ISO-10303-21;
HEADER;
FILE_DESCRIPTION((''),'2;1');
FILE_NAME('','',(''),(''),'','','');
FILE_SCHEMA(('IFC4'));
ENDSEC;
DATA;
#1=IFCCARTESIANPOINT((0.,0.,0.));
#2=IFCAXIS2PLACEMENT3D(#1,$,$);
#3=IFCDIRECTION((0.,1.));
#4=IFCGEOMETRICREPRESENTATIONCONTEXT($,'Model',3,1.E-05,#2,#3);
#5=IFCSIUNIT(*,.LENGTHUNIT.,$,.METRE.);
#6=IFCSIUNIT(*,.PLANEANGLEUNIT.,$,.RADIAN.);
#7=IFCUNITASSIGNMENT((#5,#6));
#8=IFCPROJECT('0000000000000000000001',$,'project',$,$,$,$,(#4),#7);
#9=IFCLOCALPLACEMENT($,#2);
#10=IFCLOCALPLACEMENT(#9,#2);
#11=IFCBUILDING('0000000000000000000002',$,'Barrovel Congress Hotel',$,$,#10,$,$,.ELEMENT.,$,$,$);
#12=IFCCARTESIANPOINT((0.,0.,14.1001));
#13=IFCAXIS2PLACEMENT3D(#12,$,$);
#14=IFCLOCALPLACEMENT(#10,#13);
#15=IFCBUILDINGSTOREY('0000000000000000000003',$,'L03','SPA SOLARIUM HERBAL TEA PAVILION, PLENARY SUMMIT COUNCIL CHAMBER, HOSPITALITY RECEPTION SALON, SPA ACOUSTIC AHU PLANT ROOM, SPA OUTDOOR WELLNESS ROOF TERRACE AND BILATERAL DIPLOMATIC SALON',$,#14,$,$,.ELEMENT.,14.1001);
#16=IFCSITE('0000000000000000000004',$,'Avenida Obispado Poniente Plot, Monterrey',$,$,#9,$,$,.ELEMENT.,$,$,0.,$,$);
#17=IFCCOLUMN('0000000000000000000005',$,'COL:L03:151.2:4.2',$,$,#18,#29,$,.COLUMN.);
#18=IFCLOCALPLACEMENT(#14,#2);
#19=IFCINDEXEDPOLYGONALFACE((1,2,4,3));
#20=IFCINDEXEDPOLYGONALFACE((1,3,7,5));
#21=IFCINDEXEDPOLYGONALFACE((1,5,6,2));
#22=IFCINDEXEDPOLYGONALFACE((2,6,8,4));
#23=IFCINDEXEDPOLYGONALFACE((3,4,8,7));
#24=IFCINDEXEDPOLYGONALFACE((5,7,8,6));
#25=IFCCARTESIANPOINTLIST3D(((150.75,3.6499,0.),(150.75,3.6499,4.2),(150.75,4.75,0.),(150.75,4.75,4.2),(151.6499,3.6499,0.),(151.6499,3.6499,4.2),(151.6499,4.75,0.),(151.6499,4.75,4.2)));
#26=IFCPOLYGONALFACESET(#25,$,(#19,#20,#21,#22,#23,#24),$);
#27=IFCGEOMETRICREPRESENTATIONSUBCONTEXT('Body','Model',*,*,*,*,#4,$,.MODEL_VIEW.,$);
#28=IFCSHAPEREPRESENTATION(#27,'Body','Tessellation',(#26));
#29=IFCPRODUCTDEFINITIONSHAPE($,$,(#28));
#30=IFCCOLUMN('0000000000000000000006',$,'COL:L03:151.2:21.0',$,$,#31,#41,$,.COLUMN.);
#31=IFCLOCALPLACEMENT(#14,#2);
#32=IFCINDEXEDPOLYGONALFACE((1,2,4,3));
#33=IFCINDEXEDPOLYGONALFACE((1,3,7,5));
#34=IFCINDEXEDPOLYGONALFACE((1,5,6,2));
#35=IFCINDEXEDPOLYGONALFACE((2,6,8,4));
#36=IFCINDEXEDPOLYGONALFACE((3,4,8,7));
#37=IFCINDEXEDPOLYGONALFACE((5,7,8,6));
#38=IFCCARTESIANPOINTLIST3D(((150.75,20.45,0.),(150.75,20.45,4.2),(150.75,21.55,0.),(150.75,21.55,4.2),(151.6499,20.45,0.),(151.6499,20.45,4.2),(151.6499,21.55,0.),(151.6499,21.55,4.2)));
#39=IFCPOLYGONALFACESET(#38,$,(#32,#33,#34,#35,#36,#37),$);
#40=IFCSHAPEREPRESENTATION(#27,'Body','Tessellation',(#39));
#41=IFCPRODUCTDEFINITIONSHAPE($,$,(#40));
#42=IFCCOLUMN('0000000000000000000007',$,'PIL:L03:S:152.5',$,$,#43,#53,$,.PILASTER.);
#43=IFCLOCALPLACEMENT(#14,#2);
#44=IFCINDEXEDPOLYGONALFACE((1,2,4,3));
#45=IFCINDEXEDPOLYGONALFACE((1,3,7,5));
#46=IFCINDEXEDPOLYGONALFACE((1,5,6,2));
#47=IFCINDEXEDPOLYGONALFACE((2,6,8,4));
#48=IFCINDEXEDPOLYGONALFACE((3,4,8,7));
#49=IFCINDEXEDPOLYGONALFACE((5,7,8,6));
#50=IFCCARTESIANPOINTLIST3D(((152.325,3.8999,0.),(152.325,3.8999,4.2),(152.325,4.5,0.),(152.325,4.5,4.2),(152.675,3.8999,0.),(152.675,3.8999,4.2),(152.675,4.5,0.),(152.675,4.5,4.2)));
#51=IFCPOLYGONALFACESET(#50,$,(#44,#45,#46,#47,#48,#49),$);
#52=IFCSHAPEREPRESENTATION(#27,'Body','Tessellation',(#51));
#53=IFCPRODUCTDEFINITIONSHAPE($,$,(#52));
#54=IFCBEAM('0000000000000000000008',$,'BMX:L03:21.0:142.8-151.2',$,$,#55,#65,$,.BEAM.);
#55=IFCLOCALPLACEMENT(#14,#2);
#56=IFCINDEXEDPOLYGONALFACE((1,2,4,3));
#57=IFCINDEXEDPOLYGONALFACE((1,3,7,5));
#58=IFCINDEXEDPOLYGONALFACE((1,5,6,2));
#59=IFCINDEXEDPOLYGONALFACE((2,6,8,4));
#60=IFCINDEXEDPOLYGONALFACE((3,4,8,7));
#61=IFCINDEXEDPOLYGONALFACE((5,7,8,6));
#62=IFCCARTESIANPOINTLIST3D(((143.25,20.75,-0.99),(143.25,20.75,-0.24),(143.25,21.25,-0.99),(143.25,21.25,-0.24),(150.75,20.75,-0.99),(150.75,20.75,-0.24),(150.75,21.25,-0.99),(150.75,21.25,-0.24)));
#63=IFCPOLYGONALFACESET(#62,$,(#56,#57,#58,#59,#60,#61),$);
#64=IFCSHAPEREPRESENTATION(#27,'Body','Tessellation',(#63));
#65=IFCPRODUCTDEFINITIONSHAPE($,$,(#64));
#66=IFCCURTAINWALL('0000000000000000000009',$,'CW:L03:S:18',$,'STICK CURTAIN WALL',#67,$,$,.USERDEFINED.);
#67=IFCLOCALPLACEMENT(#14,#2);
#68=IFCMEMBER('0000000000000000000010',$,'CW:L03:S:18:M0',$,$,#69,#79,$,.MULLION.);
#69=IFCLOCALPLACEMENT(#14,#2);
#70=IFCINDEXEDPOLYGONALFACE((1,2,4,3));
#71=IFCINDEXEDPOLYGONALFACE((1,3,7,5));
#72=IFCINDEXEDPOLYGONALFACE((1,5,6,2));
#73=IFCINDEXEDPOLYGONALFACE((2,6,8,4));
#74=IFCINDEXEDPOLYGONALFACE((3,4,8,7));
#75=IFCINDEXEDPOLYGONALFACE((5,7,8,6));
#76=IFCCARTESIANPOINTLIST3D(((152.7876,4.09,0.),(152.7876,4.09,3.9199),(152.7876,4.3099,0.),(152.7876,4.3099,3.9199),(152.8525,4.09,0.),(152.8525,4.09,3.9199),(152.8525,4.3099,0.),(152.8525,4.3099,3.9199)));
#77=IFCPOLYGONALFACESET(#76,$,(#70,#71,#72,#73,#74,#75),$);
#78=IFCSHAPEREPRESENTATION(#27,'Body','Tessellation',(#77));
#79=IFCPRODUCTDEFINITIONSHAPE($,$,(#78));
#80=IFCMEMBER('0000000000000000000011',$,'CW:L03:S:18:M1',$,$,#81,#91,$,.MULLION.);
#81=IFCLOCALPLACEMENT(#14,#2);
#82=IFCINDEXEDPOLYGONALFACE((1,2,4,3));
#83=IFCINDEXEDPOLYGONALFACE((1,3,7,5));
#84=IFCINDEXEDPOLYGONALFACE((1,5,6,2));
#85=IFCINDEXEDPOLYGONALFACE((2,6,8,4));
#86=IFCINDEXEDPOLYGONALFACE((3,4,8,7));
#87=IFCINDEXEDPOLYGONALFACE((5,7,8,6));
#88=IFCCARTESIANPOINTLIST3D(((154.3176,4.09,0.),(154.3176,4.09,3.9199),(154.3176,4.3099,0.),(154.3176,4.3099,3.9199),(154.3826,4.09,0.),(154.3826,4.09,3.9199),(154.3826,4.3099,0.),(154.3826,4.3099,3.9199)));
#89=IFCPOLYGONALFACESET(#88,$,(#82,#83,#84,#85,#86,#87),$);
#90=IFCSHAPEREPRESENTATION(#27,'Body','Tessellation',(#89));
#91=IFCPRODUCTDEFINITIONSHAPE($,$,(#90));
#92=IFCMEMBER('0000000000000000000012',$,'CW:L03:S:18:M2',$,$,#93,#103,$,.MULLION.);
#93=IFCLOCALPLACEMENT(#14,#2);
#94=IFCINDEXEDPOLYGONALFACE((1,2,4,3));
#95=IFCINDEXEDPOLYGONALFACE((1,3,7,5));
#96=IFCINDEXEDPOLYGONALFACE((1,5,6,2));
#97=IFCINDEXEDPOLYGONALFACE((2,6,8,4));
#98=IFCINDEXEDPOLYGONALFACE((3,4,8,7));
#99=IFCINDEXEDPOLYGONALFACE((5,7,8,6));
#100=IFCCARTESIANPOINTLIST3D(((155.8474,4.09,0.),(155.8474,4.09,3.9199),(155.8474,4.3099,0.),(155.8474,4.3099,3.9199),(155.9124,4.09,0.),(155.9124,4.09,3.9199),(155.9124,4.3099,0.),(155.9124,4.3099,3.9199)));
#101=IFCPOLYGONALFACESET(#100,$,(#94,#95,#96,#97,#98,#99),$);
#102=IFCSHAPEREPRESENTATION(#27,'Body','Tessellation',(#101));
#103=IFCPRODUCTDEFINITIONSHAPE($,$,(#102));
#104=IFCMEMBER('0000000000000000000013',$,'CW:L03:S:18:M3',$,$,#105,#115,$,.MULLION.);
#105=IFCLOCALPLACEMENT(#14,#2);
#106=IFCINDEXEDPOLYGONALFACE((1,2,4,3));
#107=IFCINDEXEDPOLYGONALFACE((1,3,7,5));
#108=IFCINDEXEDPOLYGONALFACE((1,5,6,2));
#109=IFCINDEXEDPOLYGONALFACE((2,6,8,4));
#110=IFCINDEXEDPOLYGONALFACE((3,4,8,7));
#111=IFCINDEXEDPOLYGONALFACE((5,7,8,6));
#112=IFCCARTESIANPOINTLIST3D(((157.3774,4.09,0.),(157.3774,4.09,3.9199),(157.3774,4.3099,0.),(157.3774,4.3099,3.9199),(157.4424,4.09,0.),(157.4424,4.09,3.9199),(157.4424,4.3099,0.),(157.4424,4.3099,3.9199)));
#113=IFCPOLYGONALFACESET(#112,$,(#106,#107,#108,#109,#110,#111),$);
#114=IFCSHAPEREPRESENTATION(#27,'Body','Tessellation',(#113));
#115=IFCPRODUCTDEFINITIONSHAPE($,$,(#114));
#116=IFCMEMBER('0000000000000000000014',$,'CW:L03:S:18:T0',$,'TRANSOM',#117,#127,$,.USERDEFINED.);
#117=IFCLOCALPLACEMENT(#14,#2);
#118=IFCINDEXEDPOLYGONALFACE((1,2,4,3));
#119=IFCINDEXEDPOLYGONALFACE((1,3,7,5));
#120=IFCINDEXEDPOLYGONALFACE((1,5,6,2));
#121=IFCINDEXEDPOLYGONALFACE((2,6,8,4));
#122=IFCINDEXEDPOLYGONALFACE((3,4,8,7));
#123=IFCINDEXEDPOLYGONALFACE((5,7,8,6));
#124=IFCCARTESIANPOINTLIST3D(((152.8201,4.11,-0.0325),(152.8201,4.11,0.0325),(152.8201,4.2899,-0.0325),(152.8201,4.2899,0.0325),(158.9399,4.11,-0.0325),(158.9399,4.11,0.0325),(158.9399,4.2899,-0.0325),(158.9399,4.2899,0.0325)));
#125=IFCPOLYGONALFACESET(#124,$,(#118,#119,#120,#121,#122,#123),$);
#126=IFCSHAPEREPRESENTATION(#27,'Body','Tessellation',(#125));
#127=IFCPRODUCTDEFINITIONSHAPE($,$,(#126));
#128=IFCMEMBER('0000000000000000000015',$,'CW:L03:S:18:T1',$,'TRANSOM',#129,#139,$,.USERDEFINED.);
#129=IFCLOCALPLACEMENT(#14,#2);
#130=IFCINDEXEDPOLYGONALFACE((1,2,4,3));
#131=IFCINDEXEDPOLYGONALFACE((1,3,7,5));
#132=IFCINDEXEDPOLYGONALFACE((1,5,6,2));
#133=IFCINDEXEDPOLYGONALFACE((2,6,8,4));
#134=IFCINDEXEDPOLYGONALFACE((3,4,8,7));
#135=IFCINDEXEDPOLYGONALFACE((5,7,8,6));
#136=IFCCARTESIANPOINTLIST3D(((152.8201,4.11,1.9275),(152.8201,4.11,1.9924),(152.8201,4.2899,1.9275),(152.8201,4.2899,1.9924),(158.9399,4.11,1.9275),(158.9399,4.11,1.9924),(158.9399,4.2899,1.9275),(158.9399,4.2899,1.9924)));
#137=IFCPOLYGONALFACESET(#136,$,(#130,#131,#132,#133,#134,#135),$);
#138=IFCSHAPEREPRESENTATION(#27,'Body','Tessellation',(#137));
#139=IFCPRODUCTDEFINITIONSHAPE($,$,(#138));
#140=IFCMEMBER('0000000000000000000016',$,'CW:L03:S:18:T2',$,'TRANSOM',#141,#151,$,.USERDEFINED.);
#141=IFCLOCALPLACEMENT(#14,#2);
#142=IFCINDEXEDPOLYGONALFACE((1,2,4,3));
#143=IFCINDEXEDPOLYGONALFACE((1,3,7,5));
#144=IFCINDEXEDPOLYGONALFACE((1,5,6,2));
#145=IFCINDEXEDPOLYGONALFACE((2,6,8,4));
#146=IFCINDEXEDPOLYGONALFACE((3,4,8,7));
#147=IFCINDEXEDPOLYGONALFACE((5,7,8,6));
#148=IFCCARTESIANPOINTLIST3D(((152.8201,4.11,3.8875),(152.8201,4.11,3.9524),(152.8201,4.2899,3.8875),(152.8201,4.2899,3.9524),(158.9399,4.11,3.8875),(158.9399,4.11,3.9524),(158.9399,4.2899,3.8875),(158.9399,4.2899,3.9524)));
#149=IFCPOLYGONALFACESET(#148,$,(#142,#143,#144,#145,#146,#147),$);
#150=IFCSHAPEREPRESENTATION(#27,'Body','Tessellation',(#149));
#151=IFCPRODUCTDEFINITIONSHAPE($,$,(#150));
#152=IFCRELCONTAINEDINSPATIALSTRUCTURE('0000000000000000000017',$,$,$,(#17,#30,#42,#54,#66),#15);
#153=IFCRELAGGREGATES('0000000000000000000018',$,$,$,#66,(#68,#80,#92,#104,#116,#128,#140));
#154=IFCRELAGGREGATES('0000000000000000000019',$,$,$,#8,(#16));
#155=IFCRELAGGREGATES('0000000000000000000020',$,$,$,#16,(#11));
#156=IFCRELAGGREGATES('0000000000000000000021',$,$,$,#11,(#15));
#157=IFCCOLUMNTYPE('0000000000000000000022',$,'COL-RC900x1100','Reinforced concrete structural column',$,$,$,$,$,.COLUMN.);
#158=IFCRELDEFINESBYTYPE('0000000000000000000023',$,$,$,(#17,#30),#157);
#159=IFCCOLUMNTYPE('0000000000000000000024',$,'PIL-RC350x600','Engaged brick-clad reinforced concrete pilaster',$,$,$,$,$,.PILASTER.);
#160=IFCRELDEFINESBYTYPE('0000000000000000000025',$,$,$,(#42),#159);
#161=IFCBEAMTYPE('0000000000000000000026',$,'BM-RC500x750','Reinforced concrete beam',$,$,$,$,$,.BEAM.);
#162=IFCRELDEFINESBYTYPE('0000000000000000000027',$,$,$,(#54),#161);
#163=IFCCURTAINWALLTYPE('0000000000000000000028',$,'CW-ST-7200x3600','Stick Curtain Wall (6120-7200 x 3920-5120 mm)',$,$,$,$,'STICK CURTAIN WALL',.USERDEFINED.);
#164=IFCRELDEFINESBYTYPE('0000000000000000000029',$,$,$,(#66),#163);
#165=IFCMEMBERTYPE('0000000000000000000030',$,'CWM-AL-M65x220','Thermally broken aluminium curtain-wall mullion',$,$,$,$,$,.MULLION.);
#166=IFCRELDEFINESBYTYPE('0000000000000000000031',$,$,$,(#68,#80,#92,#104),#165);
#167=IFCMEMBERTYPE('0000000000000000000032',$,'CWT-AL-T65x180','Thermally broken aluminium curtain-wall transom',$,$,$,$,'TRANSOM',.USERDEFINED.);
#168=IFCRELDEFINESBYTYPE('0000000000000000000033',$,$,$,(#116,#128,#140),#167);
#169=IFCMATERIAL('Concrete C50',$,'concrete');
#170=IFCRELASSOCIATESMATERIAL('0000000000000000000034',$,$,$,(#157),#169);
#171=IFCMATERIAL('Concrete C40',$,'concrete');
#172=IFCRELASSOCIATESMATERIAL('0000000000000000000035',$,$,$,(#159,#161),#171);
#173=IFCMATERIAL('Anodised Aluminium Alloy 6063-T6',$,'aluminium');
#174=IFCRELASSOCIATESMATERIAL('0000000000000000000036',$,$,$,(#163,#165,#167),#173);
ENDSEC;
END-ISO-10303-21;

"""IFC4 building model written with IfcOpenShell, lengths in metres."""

from ifc_helpers import new_model, si_unit, direction, frame, origin, origin_2d, place, context, subcontext, project, spatial, rectangle, extrude, material, material_profile, profile_set, type_object, element, aggregate, save


model = new_model("IFC4")

# Units and contexts
model_context = context("Model", 3, precision=1e-05, world=origin(), true_north=direction((0.0, 1.0)))
body_context = subcontext(model_context, "Body", "Model", "MODEL_VIEW")
ifc_project = project(units=[si_unit("LENGTHUNIT", "METRE"), si_unit("PLANEANGLEUNIT", "RADIAN")], contexts=[model_context])

# Site, building, storey
site_placement = place(None, origin())
site = spatial("IfcSite", under=ifc_project, at=site_placement, Name="Avenida Obispado Poniente Plot, Monterrey", CompositionType="ELEMENT", RefElevation=0.0)
building_placement = place(site_placement, origin())
building = spatial("IfcBuilding", under=site, at=building_placement, Name="Barrovel Congress Hotel", CompositionType="ELEMENT")
storey_placement = place(building_placement, frame((0.0, 0.0, 14.1001)))
storey = spatial("IfcBuildingStorey", under=building, at=storey_placement, Name="L03", Description="SPA SOLARIUM HERBAL TEA PAVILION, PLENARY SUMMIT COUNCIL CHAMBER, HOSPITALITY RECEPTION SALON, SPA ACOUSTIC AHU PLANT ROOM, SPA OUTDOOR WELLNESS ROOF TERRACE AND BILATERAL DIPLOMATIC SALON", CompositionType="ELEMENT", Elevation=14.1001)

# Columns
ifc_material_1 = material(Name="Concrete C50", Category="concrete")
ifc_material_profile_1 = material_profile(ifc_material_1, rectangle(XDim=0.8999, YDim=1.1001, at=origin_2d()), Name="RC900x1100")
ifc_profile_set_1 = profile_set([ifc_material_profile_1], Name="Concrete C50")
column_type_1 = type_object("IfcColumnType", Name="COL-RC900x1100", Description="Reinforced concrete structural column", PredefinedType="COLUMN", material=ifc_profile_set_1)
for number, where, z_axis, x_axis, name in (
    (1, (151.2, 4.2, 0.0), (0.0, 0.0, 1.0), (1.0, 0.0, 0.0), "COL:L03:151.2:4.2"),
    (2, (151.2, 21.0, 0.0), (0.0, 0.0, 1.0), (1.0, 0.0, 0.0), "COL:L03:151.2:21.0"),
):
    element("IfcColumn", number, at=place(storey_placement, frame(where, z_axis=z_axis, x_axis=x_axis)), inside=storey, type_object=column_type_1, Name=name, PredefinedType="COLUMN", context=body_context, shape_type="SweptSolid", body=[
        extrude(rectangle(XDim=0.8999, YDim=1.1001, at=origin_2d()), origin(), (0.0, 0.0, 1.0), 4.2),
    ])
ifc_material_2 = material(Name="Concrete C40", Category="concrete")
ifc_material_profile_2 = material_profile(ifc_material_2, rectangle(XDim=0.3501, YDim=0.6001, at=origin_2d()), Name="RC350x600")
ifc_profile_set_2 = profile_set([ifc_material_profile_2], Name="Concrete C40")
column_type_2 = type_object("IfcColumnType", Name="PIL-RC350x600", Description="Engaged brick-clad reinforced concrete pilaster", PredefinedType="PILASTER", material=ifc_profile_set_2)
column_placement = place(storey_placement, frame((152.5, 4.2, 0.0), z_axis=(0.0, 0.0, 1.0), x_axis=(1.0, 0.0, 0.0)))
element("IfcColumn", 3, at=column_placement, inside=storey, type_object=column_type_2, Name="PIL:L03:S:152.5", PredefinedType="PILASTER", context=body_context, shape_type="SweptSolid", body=[
    extrude(rectangle(XDim=0.3501, YDim=0.6001, at=origin_2d()), origin(), (0.0, 0.0, 1.0), 4.2),
])

# Beam
ifc_material_profile_3 = material_profile(ifc_material_2, rectangle(XDim=0.5, YDim=0.75, at=origin_2d()), Name="RC500x750")
ifc_profile_set_3 = profile_set([ifc_material_profile_3], Name="Concrete C40")
beam_type_1 = type_object("IfcBeamType", Name="BM-RC500x750", Description="Reinforced concrete beam", PredefinedType="BEAM", material=ifc_profile_set_3)
beam_1_placement = place(storey_placement, frame((143.25, 21.0, -0.615), z_axis=(1.0, 0.0, 0.0), x_axis=(0.0, 1.0, 0.0)))
element("IfcBeam", 4, at=beam_1_placement, inside=storey, type_object=beam_type_1, Name="BMX:L03:21.0:142.8-151.2", PredefinedType="BEAM", context=body_context, shape_type="SweptSolid", body=[
    extrude(rectangle(XDim=0.5, YDim=0.75, at=origin_2d()), origin(), (0.0, 0.0, 1.0), 7.5),
])

# Curtain wall, members
ifc_material_3 = material(Name="Anodised Aluminium Alloy 6063-T6", Category="aluminium")
curtain_wall_type = type_object("IfcCurtainWallType", Name="CW-ST-7200x3600", Description="Stick Curtain Wall (6120-7200 x 3920-5120 mm)", ElementType="STICK CURTAIN WALL", PredefinedType="USERDEFINED", material=ifc_material_3)
curtain_wall_placement = place(storey_placement, origin())
curtain_wall = element("IfcCurtainWall", 5, at=curtain_wall_placement, inside=storey, type_object=curtain_wall_type, Name="CW:L03:S:18", ObjectType="STICK CURTAIN WALL", PredefinedType="USERDEFINED")
ifc_material_profile_4 = material_profile(ifc_material_3, rectangle(XDim=0.0649, YDim=0.22, at=origin_2d()), Name="AL-M65x220")
ifc_profile_set_4 = profile_set([ifc_material_profile_4], Name="Anodised Aluminium Alloy 6063-T6")
member_type_1 = type_object("IfcMemberType", Name="CWM-AL-M65x220", Description="Thermally broken aluminium curtain-wall mullion", PredefinedType="MULLION", material=ifc_profile_set_4)
member_1_placement = place(storey_placement, frame((152.8201, 4.2, 0.0), z_axis=(0.0, 0.0, 1.0), x_axis=(1.0, 0.0, 0.0)))
member_1 = element("IfcMember", 6, at=member_1_placement, type_object=member_type_1, Name="CW:L03:S:18:M0", PredefinedType="MULLION", context=body_context, shape_type="SweptSolid", body=[
    extrude(rectangle(XDim=0.0649, YDim=0.22, at=origin_2d()), origin(), (0.0, 0.0, 1.0), 3.9199),
])
member_2_placement = place(storey_placement, frame((154.3501, 4.2, 0.0), z_axis=(0.0, 0.0, 1.0), x_axis=(1.0, 0.0, 0.0)))
member_2 = element("IfcMember", 7, at=member_2_placement, type_object=member_type_1, Name="CW:L03:S:18:M1", PredefinedType="MULLION", context=body_context, shape_type="SweptSolid", body=[
    extrude(rectangle(XDim=0.0649, YDim=0.22, at=origin_2d()), origin(), (0.0, 0.0, 1.0), 3.9199),
])
member_3_placement = place(storey_placement, frame((155.8799, 4.2, 0.0), z_axis=(0.0, 0.0, 1.0), x_axis=(1.0, 0.0, 0.0)))
member_3 = element("IfcMember", 8, at=member_3_placement, type_object=member_type_1, Name="CW:L03:S:18:M2", PredefinedType="MULLION", context=body_context, shape_type="SweptSolid", body=[
    extrude(rectangle(XDim=0.0649, YDim=0.22, at=origin_2d()), origin(), (0.0, 0.0, 1.0), 3.9199),
])
member_4_placement = place(storey_placement, frame((157.4099, 4.2, 0.0), z_axis=(0.0, 0.0, 1.0), x_axis=(1.0, 0.0, 0.0)))
member_4 = element("IfcMember", 9, at=member_4_placement, type_object=member_type_1, Name="CW:L03:S:18:M3", PredefinedType="MULLION", context=body_context, shape_type="SweptSolid", body=[
    extrude(rectangle(XDim=0.0649, YDim=0.22, at=origin_2d()), origin(), (0.0, 0.0, 1.0), 3.9199),
])
ifc_material_profile_5 = material_profile(ifc_material_3, rectangle(XDim=0.1799, YDim=0.0649, at=origin_2d()), Name="AL-T65x180")
ifc_profile_set_5 = profile_set([ifc_material_profile_5], Name="Anodised Aluminium Alloy 6063-T6")
member_type_2 = type_object("IfcMemberType", Name="CWT-AL-T65x180", Description="Thermally broken aluminium curtain-wall transom", ElementType="TRANSOM", PredefinedType="USERDEFINED", material=ifc_profile_set_5)
member_5_placement = place(storey_placement, frame((152.8201, 4.2, 0.0), z_axis=(1.0, 0.0, 0.0), x_axis=(0.0, 1.0, 0.0)))
member_5 = element("IfcMember", 10, at=member_5_placement, type_object=member_type_2, Name="CW:L03:S:18:T0", ObjectType="TRANSOM", PredefinedType="USERDEFINED", context=body_context, shape_type="SweptSolid", body=[
    extrude(rectangle(XDim=0.1799, YDim=0.0649, at=origin_2d()), origin(), (0.0, 0.0, 1.0), 6.1199),
])
member_6_placement = place(storey_placement, frame((152.8201, 4.2, 1.96), z_axis=(1.0, 0.0, 0.0), x_axis=(0.0, 1.0, 0.0)))
member_6 = element("IfcMember", 11, at=member_6_placement, type_object=member_type_2, Name="CW:L03:S:18:T1", ObjectType="TRANSOM", PredefinedType="USERDEFINED", context=body_context, shape_type="SweptSolid", body=[
    extrude(rectangle(XDim=0.1799, YDim=0.0649, at=origin_2d()), origin(), (0.0, 0.0, 1.0), 6.1199),
])
member_7_placement = place(storey_placement, frame((152.8201, 4.2, 3.9199), z_axis=(1.0, 0.0, 0.0), x_axis=(0.0, 1.0, 0.0)))
member_7 = element("IfcMember", 12, at=member_7_placement, type_object=member_type_2, Name="CW:L03:S:18:T2", ObjectType="TRANSOM", PredefinedType="USERDEFINED", context=body_context, shape_type="SweptSolid", body=[
    extrude(rectangle(XDim=0.1799, YDim=0.0649, at=origin_2d()), origin(), (0.0, 0.0, 1.0), 6.1199),
])

aggregate(curtain_wall, [member_1, member_2, member_3, member_4, member_5, member_6, member_7])

save(model, "model.ifc")
